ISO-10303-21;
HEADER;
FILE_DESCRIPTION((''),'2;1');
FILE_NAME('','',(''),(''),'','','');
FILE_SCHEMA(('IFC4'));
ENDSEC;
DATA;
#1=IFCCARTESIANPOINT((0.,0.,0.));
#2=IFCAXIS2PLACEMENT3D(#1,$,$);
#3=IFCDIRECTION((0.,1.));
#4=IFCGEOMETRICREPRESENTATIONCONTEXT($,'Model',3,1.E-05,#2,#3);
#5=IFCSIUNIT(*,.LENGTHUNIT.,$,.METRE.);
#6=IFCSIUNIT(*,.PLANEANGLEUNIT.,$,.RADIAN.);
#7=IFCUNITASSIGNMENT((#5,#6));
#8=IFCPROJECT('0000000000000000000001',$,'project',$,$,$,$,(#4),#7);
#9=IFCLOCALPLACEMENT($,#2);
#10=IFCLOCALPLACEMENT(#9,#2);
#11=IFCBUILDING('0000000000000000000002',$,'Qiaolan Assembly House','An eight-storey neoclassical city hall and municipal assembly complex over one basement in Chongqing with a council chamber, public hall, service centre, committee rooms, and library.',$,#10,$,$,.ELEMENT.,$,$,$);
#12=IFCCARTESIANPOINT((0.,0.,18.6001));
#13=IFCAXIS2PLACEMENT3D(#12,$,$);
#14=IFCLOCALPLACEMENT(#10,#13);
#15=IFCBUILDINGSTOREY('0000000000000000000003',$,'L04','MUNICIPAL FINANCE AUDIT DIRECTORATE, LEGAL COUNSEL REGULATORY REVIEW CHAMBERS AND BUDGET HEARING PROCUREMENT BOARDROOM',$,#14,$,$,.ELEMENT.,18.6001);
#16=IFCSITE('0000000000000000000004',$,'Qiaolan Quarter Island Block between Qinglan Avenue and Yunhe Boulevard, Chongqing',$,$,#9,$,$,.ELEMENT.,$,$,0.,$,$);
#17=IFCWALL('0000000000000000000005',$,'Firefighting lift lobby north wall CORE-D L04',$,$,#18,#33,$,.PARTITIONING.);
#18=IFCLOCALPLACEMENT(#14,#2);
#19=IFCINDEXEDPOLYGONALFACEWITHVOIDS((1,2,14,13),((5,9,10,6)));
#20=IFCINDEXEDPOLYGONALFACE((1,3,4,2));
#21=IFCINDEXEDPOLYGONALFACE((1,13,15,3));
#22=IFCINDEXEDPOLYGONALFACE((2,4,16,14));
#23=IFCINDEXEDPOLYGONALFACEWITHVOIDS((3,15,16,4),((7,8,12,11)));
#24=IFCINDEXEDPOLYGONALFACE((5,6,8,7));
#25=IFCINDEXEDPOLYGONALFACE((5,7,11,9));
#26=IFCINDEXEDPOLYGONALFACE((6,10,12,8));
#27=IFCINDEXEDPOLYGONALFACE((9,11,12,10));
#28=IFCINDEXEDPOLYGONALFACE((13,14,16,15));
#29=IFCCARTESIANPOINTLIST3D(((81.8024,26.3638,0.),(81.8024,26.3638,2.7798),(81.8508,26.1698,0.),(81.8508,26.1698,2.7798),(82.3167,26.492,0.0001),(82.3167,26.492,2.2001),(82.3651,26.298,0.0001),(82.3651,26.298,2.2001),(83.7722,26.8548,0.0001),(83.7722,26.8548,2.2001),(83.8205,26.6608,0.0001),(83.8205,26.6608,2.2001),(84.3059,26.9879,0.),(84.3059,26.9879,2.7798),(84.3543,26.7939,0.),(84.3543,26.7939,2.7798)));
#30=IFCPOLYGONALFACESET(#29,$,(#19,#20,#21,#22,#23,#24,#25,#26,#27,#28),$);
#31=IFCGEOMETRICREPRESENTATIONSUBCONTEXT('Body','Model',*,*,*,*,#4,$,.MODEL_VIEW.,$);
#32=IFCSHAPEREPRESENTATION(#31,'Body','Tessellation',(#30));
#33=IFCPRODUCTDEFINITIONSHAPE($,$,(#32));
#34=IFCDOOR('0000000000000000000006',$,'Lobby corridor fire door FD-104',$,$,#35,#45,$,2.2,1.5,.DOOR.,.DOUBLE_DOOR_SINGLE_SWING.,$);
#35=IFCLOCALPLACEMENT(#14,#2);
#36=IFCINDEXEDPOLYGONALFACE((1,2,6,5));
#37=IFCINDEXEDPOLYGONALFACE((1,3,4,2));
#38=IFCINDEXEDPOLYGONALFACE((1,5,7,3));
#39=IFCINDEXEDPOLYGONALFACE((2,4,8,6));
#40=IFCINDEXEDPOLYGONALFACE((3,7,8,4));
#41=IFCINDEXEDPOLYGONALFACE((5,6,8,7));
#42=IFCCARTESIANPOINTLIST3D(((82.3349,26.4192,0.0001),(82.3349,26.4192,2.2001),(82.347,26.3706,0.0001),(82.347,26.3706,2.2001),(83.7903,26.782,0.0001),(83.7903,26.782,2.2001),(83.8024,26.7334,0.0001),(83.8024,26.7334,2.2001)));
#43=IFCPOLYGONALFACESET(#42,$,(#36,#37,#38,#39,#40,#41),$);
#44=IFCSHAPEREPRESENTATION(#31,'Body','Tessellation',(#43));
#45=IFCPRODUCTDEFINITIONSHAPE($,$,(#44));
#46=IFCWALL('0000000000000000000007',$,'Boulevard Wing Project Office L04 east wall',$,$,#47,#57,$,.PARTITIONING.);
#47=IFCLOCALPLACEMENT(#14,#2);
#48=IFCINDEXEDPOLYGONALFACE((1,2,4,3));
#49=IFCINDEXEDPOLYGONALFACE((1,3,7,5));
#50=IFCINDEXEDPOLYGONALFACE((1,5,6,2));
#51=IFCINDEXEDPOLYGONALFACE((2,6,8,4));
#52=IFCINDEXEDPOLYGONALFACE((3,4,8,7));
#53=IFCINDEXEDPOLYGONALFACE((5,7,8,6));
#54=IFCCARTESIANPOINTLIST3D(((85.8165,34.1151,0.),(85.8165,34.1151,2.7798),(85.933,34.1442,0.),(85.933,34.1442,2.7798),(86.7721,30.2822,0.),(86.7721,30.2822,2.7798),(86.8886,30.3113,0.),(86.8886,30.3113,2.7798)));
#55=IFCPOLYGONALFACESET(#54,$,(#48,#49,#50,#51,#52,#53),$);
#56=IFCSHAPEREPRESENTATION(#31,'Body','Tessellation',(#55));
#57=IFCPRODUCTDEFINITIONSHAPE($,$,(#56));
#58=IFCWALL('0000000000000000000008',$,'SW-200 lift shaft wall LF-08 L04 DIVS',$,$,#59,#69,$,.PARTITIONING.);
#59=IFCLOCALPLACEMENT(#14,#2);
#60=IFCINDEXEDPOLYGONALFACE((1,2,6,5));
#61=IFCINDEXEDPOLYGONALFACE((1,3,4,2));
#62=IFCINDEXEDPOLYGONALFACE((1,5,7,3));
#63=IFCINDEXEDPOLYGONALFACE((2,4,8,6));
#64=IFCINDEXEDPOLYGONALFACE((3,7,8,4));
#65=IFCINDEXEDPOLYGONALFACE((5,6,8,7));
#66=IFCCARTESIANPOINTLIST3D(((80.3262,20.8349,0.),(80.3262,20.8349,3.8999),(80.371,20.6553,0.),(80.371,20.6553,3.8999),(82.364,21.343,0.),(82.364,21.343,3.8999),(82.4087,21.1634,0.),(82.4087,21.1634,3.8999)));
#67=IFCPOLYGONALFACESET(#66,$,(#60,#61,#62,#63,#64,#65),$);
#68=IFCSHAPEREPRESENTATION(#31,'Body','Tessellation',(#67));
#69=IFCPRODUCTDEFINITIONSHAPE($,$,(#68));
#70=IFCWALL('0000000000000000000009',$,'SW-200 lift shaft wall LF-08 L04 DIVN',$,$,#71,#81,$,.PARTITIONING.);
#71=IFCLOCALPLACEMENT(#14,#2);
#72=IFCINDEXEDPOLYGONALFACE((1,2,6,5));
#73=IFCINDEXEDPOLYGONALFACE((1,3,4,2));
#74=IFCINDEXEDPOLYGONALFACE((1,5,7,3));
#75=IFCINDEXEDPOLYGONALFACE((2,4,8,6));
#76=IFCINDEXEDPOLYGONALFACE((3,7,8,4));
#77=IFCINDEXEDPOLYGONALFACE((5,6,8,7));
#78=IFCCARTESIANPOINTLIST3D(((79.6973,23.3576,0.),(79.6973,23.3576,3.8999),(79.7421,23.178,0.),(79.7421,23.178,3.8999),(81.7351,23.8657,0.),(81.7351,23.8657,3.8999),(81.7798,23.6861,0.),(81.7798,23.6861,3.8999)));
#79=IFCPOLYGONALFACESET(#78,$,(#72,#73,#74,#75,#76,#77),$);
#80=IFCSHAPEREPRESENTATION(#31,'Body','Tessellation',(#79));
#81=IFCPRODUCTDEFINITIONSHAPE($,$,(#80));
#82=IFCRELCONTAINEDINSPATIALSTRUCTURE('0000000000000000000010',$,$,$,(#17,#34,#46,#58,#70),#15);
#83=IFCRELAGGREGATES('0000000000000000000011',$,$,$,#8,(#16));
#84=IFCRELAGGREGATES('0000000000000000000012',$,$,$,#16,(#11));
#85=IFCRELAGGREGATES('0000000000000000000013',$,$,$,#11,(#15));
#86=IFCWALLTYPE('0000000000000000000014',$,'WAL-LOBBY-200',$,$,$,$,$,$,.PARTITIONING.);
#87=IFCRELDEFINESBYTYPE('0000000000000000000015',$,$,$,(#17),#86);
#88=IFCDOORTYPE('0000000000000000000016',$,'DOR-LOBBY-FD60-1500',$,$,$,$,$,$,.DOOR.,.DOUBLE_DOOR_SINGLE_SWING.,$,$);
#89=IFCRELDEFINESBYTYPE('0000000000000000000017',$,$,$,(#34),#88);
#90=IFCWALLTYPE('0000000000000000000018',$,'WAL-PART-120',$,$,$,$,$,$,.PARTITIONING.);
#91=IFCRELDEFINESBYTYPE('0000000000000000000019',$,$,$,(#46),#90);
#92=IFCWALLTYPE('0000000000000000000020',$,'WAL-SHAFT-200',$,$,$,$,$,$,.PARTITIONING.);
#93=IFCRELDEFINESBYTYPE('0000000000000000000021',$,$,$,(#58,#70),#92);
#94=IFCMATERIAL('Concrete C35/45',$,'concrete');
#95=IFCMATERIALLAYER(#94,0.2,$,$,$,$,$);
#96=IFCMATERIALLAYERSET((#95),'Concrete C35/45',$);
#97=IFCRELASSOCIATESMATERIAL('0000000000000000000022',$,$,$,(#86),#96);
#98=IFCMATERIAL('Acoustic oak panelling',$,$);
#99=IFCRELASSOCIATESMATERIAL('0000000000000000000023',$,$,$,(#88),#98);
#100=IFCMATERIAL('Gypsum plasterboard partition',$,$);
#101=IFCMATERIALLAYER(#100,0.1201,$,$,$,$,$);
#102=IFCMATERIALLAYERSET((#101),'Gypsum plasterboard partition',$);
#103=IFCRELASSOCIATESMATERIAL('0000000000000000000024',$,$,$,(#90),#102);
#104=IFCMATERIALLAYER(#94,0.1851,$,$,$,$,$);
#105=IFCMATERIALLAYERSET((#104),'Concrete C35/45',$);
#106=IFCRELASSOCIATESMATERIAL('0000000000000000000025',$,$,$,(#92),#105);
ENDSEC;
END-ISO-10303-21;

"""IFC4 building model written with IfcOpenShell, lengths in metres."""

from ifc_helpers import new_model, si_unit, direction, frame, frame_2d, origin, place, context, subcontext, project, spatial, rectangle, extrude, material, layer, layer_set, type_object, element, fill, save


model = new_model("IFC4")

# Units and contexts
model_context = context("Model", 3, precision=1e-05, world=origin(), true_north=direction((0.0, 1.0)))
body_context = subcontext(model_context, "Body", "Model", "MODEL_VIEW")
ifc_project = project(units=[si_unit("LENGTHUNIT", "METRE"), si_unit("PLANEANGLEUNIT", "RADIAN")], contexts=[model_context])

# Site, building, storey
site_placement = place(None, origin())
site = spatial("IfcSite", under=ifc_project, at=site_placement, Name="Qiaolan Quarter Island Block between Qinglan Avenue and Yunhe Boulevard, Chongqing", CompositionType="ELEMENT", RefElevation=0.0)
building_placement = place(site_placement, origin())
building = spatial("IfcBuilding", under=site, at=building_placement, Name="Qiaolan Assembly House", Description="An eight-storey neoclassical city hall and municipal assembly complex over one basement in Chongqing with a council chamber, public hall, service centre, committee rooms, and library.", CompositionType="ELEMENT")
storey_placement = place(building_placement, frame((0.0, 0.0, 18.6001)))
storey = spatial("IfcBuildingStorey", under=building, at=storey_placement, Name="L04", Description="MUNICIPAL FINANCE AUDIT DIRECTORATE, LEGAL COUNSEL REGULATORY REVIEW CHAMBERS AND BUDGET HEARING PROCUREMENT BOARDROOM", CompositionType="ELEMENT", Elevation=18.6001)

# Wall, opening, door
ifc_material_1 = material(Name="Concrete C35/45", Category="concrete")
ifc_layer_1 = layer(ifc_material_1, 0.2)
ifc_layer_set_1 = layer_set([ifc_layer_1], Name="Concrete C35/45")
wall_type_1 = type_object("IfcWallType", Name="WAL-LOBBY-200", PredefinedType="PARTITIONING", material=ifc_layer_set_1)
wall_1_placement = place(storey_placement, frame((84.3301, 26.8909, 0.0), z_axis=(0.0, 0.0, 1.0), x_axis=(-0.970309, -0.241868, 0.0)))
wall_1 = element("IfcWall", 1, at=wall_1_placement, inside=storey, type_object=wall_type_1, Name="Firefighting lift lobby north wall CORE-D L04", PredefinedType="PARTITIONING", context=body_context, shape_type="SweptSolid", body=[
    extrude(rectangle(XDim=2.5801, YDim=0.2, at=frame_2d((1.29, 0.0))), origin(), (0.0, 0.0, 1.0), 2.7798),
])
opening_1_placement = place(wall_1_placement, frame((0.55, 0.0, 0.0)))
opening_1 = element("IfcOpeningElement", 2, at=opening_1_placement, cuts=wall_1, PredefinedType="OPENING", context=body_context, shape_type="SweptSolid", body=[
    extrude(rectangle(XDim=1.5, YDim=2.2, at=frame_2d((0.75, 1.1001))), frame((0.0, 0.1099, 0.0), z_axis=(0.0, -1.0, 0.0), x_axis=(1.0, 0.0, 0.0)), (0.0, 0.0, 1.0), 0.22),
])
ifc_material_2 = material(Name="Acoustic oak panelling")
door_type_1 = type_object("IfcDoorType", Name="DOR-LOBBY-FD60-1500", OperationType="DOUBLE_DOOR_SINGLE_SWING", PredefinedType="DOOR", material=ifc_material_2)
door_1_placement = place(opening_1_placement, frame((1.5, 0.0, 0.0), z_axis=(0.0, 0.0, 1.0), x_axis=(-1.0, 0.0, 0.0)))
door_1 = element("IfcDoor", 3, at=door_1_placement, inside=storey, type_object=door_type_1, Name="Lobby corridor fire door FD-104", OperationType="DOUBLE_DOOR_SINGLE_SWING", OverallHeight=2.2, OverallWidth=1.5, PredefinedType="DOOR", context=body_context, shape_type="SweptSolid", body=[
    extrude(rectangle(XDim=1.5, YDim=2.2, at=frame_2d((0.75, 1.1001))), frame((0.0, 0.0249, 0.0), z_axis=(0.0, -1.0, 0.0), x_axis=(1.0, 0.0, 0.0)), (0.0, 0.0, 1.0), 0.05),
])
fill(opening_1, door_1)

# Walls
ifc_material_3 = material(Name="Gypsum plasterboard partition")
ifc_layer_2 = layer(ifc_material_3, 0.1201)
ifc_layer_set_2 = layer_set([ifc_layer_2], Name="Gypsum plasterboard partition")
wall_type_2 = type_object("IfcWallType", Name="WAL-PART-120", PredefinedType="PARTITIONING", material=ifc_layer_set_2)
wall_2_placement = place(storey_placement, frame((85.8748, 34.1296, 0.0), z_axis=(0.0, 0.0, 1.0), x_axis=(0.24191, -0.970299, 0.0)))
element("IfcWall", 4, at=wall_2_placement, inside=storey, type_object=wall_type_2, Name="Boulevard Wing Project Office L04 east wall", PredefinedType="PARTITIONING", context=body_context, shape_type="SweptSolid", body=[
    extrude(rectangle(XDim=3.9502, YDim=0.1201, at=frame_2d((1.9751, 0.0))), origin(), (0.0, 0.0, 1.0), 2.7798),
])
ifc_layer_3 = layer(ifc_material_1, 0.1851)
ifc_layer_set_3 = layer_set([ifc_layer_3], Name="Concrete C35/45")
wall_type_3 = type_object("IfcWallType", Name="WAL-SHAFT-200", PredefinedType="PARTITIONING", material=ifc_layer_set_3)
for number, where, z_axis, x_axis, name in (
    (5, (80.3486, 20.7451, 0.0), (0.0, 0.0, 1.0), (0.970293, 0.241934, 0.0), "SW-200 lift shaft wall LF-08 L04 DIVS"),
    (6, (79.7197, 23.2678, 0.0), (0.0, 0.0, 1.0), (0.970293, 0.241934, 0.0), "SW-200 lift shaft wall LF-08 L04 DIVN"),
):
    element("IfcWall", number, at=place(storey_placement, frame(where, z_axis=z_axis, x_axis=x_axis)), inside=storey, type_object=wall_type_3, Name=name, PredefinedType="PARTITIONING", context=body_context, shape_type="SweptSolid", body=[
        extrude(rectangle(XDim=2.1001, YDim=0.1851, at=frame_2d((1.05, 0.0))), origin(), (0.0, 0.0, 1.0), 3.8999),
    ])

save(model, "model.ifc")
